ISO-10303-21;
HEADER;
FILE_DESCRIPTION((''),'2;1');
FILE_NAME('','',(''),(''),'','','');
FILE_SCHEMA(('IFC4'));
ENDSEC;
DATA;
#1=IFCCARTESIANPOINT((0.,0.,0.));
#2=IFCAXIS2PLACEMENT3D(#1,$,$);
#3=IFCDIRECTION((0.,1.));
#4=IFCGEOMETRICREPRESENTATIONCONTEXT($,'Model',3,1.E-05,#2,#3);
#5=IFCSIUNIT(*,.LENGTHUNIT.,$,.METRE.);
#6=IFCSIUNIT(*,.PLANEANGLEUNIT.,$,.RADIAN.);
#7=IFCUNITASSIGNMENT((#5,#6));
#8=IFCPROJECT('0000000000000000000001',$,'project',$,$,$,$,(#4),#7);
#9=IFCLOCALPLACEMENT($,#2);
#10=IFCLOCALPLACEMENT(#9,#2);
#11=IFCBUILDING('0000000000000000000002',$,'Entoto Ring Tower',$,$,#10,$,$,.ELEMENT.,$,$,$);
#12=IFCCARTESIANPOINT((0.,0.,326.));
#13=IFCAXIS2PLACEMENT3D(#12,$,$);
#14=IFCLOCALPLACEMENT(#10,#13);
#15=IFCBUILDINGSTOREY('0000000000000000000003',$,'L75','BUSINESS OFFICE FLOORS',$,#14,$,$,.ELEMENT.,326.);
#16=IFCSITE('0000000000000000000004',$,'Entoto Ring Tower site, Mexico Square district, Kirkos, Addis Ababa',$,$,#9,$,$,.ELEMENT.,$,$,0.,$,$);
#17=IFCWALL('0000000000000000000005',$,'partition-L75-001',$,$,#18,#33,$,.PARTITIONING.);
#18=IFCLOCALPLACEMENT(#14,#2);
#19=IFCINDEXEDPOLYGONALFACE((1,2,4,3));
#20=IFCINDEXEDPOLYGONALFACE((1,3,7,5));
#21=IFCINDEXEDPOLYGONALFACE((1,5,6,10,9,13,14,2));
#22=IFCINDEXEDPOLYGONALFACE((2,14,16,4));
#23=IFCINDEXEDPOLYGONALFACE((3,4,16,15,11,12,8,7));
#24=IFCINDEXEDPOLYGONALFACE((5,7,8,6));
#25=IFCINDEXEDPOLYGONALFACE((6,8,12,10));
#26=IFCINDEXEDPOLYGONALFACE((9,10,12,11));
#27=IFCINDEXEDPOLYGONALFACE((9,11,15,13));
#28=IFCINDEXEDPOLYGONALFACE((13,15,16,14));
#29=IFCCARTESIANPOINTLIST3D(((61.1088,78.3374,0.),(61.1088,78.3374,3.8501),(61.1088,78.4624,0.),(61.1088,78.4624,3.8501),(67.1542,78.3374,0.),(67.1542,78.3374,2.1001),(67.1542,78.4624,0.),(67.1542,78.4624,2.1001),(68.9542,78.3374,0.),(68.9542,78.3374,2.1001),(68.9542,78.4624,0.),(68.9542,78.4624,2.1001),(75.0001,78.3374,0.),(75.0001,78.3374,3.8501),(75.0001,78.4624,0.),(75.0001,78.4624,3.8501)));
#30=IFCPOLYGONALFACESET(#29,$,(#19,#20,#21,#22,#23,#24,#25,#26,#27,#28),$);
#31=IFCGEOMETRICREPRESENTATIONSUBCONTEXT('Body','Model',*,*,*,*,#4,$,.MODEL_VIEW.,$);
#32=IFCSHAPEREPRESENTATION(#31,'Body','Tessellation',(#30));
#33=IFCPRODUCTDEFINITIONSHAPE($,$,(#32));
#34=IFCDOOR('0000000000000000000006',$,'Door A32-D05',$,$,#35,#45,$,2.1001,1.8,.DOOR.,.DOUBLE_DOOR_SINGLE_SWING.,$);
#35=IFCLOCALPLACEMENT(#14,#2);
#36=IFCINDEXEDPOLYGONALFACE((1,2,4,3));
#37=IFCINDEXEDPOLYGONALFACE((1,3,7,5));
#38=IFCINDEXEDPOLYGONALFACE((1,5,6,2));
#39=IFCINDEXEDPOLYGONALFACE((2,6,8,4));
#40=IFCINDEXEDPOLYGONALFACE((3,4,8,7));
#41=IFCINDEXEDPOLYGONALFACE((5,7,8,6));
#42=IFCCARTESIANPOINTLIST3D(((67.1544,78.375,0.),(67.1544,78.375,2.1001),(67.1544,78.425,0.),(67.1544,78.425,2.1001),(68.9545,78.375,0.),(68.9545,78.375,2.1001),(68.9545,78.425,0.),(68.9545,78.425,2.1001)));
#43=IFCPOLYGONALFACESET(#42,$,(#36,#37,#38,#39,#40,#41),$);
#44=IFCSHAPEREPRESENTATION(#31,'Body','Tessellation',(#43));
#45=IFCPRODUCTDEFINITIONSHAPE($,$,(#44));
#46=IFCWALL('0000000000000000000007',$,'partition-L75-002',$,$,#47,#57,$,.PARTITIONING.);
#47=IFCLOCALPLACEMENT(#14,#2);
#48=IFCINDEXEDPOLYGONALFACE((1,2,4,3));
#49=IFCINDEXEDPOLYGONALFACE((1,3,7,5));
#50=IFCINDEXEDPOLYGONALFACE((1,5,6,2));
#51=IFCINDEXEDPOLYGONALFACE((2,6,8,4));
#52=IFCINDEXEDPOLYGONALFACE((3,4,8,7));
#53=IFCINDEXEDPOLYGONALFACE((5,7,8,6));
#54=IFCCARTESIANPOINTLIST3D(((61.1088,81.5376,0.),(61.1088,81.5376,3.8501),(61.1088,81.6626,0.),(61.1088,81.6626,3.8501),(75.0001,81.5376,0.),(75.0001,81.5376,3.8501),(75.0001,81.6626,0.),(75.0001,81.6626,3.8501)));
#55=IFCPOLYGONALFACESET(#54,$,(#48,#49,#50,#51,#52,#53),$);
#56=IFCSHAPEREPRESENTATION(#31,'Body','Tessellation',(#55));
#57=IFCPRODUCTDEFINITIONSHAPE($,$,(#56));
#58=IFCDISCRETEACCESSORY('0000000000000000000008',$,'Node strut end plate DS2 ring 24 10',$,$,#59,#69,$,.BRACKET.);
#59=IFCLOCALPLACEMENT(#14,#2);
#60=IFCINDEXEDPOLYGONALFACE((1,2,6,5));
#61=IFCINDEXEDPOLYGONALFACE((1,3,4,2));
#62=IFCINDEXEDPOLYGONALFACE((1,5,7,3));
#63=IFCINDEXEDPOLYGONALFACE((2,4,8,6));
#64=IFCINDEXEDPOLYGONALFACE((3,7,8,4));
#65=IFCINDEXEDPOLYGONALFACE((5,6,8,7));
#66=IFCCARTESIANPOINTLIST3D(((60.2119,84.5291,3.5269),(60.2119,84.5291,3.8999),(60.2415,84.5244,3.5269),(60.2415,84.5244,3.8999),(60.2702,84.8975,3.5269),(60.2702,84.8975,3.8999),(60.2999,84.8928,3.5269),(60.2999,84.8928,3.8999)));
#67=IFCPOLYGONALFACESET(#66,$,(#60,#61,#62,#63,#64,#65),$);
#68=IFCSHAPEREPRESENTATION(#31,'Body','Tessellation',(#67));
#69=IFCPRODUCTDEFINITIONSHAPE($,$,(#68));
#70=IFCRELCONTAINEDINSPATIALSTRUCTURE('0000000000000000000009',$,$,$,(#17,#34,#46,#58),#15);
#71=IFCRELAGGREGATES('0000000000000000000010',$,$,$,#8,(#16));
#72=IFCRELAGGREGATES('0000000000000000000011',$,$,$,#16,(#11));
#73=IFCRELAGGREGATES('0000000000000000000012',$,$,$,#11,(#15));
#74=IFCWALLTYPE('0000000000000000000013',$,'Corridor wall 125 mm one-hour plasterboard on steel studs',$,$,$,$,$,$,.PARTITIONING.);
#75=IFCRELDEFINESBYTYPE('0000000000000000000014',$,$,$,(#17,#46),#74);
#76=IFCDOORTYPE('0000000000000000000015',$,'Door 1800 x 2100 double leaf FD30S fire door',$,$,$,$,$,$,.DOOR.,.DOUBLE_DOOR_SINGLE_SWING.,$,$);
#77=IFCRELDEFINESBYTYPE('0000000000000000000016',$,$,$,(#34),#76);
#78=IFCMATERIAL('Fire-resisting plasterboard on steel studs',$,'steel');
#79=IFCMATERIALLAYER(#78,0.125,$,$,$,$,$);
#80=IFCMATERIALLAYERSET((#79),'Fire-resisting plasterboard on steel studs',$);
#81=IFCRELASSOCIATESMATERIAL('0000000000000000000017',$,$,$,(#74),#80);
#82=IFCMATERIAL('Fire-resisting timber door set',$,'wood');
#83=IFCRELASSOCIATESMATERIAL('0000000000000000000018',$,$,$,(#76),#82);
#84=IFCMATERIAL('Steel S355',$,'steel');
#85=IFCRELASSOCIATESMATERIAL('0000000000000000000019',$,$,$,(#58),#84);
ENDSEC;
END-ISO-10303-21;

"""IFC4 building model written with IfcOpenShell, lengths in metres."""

from ifc_helpers import new_model, si_unit, direction, frame, frame_2d, origin, origin_2d, place, context, subcontext, project, spatial, rectangle, extrude, material, layer, layer_set, type_object, element, fill, save


model = new_model("IFC4")

# Units and contexts
model_context = context("Model", 3, precision=1e-05, world=origin(), true_north=direction((0.0, 1.0)))
body_context = subcontext(model_context, "Body", "Model", "MODEL_VIEW")
ifc_project = project(units=[si_unit("LENGTHUNIT", "METRE"), si_unit("PLANEANGLEUNIT", "RADIAN")], contexts=[model_context])

# Site, building, storey
site_placement = place(None, origin())
site = spatial("IfcSite", under=ifc_project, at=site_placement, Name="Entoto Ring Tower site, Mexico Square district, Kirkos, Addis Ababa", CompositionType="ELEMENT", RefElevation=0.0)
building_placement = place(site_placement, origin())
building = spatial("IfcBuilding", under=site, at=building_placement, Name="Entoto Ring Tower", CompositionType="ELEMENT")
storey_placement = place(building_placement, frame((0.0, 0.0, 326.0)))
storey = spatial("IfcBuildingStorey", under=building, at=storey_placement, Name="L75", Description="BUSINESS OFFICE FLOORS", CompositionType="ELEMENT", Elevation=326.0)

# Wall, opening, door
ifc_material_1 = material(Name="Fire-resisting plasterboard on steel studs", Category="steel")
ifc_layer = layer(ifc_material_1, 0.125)
ifc_layer_set = layer_set([ifc_layer], Name="Fire-resisting plasterboard on steel studs")
wall_type = type_object("IfcWallType", Name="Corridor wall 125 mm one-hour plasterboard on steel studs", PredefinedType="PARTITIONING", material=ifc_layer_set)
wall_1_placement = place(storey_placement, frame((61.1086, 78.3999, 0.0), z_axis=(0.0, 0.0, 1.0), x_axis=(1.0, 0.0, 0.0)))
wall_1 = element("IfcWall", 1, at=wall_1_placement, inside=storey, type_object=wall_type, Name="partition-L75-001", PredefinedType="PARTITIONING", context=body_context, shape_type="SweptSolid", body=[
    extrude(rectangle(XDim=13.8914, YDim=0.125, at=frame_2d((6.9458, 0.0))), origin(), (0.0, 0.0, 1.0), 3.8501),
])
opening_placement = place(wall_1_placement, frame((6.0457, 0.0, 0.0)))
opening = element("IfcOpeningElement", 2, at=opening_placement, cuts=wall_1, PredefinedType="OPENING", context=body_context, shape_type="SweptSolid", body=[
    extrude(rectangle(XDim=1.8, YDim=2.1001, at=frame_2d((0.8999, 1.05))), frame((0.0, 0.0725, 0.0), z_axis=(0.0, -1.0, 0.0), x_axis=(1.0, 0.0, 0.0)), (0.0, 0.0, 1.0), 0.145),
])
ifc_material_2 = material(Name="Fire-resisting timber door set", Category="wood")
door_type = type_object("IfcDoorType", Name="Door 1800 x 2100 double leaf FD30S fire door", OperationType="DOUBLE_DOOR_SINGLE_SWING", PredefinedType="DOOR", material=ifc_material_2)
door_placement = place(opening_placement, frame((1.8, 0.0, 0.0), z_axis=(0.0, 0.0, 1.0), x_axis=(-1.0, 0.0, 0.0)))
door = element("IfcDoor", 3, at=door_placement, inside=storey, type_object=door_type, Name="Door A32-D05", OperationType="DOUBLE_DOOR_SINGLE_SWING", OverallHeight=2.1001, OverallWidth=1.8, PredefinedType="DOOR", context=body_context, shape_type="SweptSolid", body=[
    extrude(rectangle(XDim=1.8, YDim=2.1001, at=frame_2d((0.8999, 1.05))), frame((0.0, 0.0249, 0.0), z_axis=(0.0, -1.0, 0.0), x_axis=(1.0, 0.0, 0.0)), (0.0, 0.0, 1.0), 0.05),
])
fill(opening, door)

# Wall
wall_2_placement = place(storey_placement, frame((61.1086, 81.6001, 0.0), z_axis=(0.0, 0.0, 1.0), x_axis=(1.0, 0.0, 0.0)))
element("IfcWall", 4, at=wall_2_placement, inside=storey, type_object=wall_type, Name="partition-L75-002", PredefinedType="PARTITIONING", context=body_context, shape_type="SweptSolid", body=[
    extrude(rectangle(XDim=13.8914, YDim=0.125, at=frame_2d((6.9458, 0.0))), origin(), (0.0, 0.0, 1.0), 3.8501),
])

# Discrete accessory
ifc_material_3 = material(Name="Steel S355", Category="steel")
discrete_accessory_placement = place(storey_placement, frame((60.2559, 84.7109, 3.5269), z_axis=(0.0, 0.0, 1.0), x_axis=(-0.987688, 0.156434, 0.0)))
element("IfcDiscreteAccessory", 5, at=discrete_accessory_placement, inside=storey, material=ifc_material_3, Name="Node strut end plate DS2 ring 24 10", PredefinedType="BRACKET", context=body_context, shape_type="SweptSolid", body=[
    extrude(rectangle(XDim=0.03, YDim=0.373, at=origin_2d()), origin(), (0.0, 0.0, 1.0), 0.373),
])

save(model, "model.ifc")
